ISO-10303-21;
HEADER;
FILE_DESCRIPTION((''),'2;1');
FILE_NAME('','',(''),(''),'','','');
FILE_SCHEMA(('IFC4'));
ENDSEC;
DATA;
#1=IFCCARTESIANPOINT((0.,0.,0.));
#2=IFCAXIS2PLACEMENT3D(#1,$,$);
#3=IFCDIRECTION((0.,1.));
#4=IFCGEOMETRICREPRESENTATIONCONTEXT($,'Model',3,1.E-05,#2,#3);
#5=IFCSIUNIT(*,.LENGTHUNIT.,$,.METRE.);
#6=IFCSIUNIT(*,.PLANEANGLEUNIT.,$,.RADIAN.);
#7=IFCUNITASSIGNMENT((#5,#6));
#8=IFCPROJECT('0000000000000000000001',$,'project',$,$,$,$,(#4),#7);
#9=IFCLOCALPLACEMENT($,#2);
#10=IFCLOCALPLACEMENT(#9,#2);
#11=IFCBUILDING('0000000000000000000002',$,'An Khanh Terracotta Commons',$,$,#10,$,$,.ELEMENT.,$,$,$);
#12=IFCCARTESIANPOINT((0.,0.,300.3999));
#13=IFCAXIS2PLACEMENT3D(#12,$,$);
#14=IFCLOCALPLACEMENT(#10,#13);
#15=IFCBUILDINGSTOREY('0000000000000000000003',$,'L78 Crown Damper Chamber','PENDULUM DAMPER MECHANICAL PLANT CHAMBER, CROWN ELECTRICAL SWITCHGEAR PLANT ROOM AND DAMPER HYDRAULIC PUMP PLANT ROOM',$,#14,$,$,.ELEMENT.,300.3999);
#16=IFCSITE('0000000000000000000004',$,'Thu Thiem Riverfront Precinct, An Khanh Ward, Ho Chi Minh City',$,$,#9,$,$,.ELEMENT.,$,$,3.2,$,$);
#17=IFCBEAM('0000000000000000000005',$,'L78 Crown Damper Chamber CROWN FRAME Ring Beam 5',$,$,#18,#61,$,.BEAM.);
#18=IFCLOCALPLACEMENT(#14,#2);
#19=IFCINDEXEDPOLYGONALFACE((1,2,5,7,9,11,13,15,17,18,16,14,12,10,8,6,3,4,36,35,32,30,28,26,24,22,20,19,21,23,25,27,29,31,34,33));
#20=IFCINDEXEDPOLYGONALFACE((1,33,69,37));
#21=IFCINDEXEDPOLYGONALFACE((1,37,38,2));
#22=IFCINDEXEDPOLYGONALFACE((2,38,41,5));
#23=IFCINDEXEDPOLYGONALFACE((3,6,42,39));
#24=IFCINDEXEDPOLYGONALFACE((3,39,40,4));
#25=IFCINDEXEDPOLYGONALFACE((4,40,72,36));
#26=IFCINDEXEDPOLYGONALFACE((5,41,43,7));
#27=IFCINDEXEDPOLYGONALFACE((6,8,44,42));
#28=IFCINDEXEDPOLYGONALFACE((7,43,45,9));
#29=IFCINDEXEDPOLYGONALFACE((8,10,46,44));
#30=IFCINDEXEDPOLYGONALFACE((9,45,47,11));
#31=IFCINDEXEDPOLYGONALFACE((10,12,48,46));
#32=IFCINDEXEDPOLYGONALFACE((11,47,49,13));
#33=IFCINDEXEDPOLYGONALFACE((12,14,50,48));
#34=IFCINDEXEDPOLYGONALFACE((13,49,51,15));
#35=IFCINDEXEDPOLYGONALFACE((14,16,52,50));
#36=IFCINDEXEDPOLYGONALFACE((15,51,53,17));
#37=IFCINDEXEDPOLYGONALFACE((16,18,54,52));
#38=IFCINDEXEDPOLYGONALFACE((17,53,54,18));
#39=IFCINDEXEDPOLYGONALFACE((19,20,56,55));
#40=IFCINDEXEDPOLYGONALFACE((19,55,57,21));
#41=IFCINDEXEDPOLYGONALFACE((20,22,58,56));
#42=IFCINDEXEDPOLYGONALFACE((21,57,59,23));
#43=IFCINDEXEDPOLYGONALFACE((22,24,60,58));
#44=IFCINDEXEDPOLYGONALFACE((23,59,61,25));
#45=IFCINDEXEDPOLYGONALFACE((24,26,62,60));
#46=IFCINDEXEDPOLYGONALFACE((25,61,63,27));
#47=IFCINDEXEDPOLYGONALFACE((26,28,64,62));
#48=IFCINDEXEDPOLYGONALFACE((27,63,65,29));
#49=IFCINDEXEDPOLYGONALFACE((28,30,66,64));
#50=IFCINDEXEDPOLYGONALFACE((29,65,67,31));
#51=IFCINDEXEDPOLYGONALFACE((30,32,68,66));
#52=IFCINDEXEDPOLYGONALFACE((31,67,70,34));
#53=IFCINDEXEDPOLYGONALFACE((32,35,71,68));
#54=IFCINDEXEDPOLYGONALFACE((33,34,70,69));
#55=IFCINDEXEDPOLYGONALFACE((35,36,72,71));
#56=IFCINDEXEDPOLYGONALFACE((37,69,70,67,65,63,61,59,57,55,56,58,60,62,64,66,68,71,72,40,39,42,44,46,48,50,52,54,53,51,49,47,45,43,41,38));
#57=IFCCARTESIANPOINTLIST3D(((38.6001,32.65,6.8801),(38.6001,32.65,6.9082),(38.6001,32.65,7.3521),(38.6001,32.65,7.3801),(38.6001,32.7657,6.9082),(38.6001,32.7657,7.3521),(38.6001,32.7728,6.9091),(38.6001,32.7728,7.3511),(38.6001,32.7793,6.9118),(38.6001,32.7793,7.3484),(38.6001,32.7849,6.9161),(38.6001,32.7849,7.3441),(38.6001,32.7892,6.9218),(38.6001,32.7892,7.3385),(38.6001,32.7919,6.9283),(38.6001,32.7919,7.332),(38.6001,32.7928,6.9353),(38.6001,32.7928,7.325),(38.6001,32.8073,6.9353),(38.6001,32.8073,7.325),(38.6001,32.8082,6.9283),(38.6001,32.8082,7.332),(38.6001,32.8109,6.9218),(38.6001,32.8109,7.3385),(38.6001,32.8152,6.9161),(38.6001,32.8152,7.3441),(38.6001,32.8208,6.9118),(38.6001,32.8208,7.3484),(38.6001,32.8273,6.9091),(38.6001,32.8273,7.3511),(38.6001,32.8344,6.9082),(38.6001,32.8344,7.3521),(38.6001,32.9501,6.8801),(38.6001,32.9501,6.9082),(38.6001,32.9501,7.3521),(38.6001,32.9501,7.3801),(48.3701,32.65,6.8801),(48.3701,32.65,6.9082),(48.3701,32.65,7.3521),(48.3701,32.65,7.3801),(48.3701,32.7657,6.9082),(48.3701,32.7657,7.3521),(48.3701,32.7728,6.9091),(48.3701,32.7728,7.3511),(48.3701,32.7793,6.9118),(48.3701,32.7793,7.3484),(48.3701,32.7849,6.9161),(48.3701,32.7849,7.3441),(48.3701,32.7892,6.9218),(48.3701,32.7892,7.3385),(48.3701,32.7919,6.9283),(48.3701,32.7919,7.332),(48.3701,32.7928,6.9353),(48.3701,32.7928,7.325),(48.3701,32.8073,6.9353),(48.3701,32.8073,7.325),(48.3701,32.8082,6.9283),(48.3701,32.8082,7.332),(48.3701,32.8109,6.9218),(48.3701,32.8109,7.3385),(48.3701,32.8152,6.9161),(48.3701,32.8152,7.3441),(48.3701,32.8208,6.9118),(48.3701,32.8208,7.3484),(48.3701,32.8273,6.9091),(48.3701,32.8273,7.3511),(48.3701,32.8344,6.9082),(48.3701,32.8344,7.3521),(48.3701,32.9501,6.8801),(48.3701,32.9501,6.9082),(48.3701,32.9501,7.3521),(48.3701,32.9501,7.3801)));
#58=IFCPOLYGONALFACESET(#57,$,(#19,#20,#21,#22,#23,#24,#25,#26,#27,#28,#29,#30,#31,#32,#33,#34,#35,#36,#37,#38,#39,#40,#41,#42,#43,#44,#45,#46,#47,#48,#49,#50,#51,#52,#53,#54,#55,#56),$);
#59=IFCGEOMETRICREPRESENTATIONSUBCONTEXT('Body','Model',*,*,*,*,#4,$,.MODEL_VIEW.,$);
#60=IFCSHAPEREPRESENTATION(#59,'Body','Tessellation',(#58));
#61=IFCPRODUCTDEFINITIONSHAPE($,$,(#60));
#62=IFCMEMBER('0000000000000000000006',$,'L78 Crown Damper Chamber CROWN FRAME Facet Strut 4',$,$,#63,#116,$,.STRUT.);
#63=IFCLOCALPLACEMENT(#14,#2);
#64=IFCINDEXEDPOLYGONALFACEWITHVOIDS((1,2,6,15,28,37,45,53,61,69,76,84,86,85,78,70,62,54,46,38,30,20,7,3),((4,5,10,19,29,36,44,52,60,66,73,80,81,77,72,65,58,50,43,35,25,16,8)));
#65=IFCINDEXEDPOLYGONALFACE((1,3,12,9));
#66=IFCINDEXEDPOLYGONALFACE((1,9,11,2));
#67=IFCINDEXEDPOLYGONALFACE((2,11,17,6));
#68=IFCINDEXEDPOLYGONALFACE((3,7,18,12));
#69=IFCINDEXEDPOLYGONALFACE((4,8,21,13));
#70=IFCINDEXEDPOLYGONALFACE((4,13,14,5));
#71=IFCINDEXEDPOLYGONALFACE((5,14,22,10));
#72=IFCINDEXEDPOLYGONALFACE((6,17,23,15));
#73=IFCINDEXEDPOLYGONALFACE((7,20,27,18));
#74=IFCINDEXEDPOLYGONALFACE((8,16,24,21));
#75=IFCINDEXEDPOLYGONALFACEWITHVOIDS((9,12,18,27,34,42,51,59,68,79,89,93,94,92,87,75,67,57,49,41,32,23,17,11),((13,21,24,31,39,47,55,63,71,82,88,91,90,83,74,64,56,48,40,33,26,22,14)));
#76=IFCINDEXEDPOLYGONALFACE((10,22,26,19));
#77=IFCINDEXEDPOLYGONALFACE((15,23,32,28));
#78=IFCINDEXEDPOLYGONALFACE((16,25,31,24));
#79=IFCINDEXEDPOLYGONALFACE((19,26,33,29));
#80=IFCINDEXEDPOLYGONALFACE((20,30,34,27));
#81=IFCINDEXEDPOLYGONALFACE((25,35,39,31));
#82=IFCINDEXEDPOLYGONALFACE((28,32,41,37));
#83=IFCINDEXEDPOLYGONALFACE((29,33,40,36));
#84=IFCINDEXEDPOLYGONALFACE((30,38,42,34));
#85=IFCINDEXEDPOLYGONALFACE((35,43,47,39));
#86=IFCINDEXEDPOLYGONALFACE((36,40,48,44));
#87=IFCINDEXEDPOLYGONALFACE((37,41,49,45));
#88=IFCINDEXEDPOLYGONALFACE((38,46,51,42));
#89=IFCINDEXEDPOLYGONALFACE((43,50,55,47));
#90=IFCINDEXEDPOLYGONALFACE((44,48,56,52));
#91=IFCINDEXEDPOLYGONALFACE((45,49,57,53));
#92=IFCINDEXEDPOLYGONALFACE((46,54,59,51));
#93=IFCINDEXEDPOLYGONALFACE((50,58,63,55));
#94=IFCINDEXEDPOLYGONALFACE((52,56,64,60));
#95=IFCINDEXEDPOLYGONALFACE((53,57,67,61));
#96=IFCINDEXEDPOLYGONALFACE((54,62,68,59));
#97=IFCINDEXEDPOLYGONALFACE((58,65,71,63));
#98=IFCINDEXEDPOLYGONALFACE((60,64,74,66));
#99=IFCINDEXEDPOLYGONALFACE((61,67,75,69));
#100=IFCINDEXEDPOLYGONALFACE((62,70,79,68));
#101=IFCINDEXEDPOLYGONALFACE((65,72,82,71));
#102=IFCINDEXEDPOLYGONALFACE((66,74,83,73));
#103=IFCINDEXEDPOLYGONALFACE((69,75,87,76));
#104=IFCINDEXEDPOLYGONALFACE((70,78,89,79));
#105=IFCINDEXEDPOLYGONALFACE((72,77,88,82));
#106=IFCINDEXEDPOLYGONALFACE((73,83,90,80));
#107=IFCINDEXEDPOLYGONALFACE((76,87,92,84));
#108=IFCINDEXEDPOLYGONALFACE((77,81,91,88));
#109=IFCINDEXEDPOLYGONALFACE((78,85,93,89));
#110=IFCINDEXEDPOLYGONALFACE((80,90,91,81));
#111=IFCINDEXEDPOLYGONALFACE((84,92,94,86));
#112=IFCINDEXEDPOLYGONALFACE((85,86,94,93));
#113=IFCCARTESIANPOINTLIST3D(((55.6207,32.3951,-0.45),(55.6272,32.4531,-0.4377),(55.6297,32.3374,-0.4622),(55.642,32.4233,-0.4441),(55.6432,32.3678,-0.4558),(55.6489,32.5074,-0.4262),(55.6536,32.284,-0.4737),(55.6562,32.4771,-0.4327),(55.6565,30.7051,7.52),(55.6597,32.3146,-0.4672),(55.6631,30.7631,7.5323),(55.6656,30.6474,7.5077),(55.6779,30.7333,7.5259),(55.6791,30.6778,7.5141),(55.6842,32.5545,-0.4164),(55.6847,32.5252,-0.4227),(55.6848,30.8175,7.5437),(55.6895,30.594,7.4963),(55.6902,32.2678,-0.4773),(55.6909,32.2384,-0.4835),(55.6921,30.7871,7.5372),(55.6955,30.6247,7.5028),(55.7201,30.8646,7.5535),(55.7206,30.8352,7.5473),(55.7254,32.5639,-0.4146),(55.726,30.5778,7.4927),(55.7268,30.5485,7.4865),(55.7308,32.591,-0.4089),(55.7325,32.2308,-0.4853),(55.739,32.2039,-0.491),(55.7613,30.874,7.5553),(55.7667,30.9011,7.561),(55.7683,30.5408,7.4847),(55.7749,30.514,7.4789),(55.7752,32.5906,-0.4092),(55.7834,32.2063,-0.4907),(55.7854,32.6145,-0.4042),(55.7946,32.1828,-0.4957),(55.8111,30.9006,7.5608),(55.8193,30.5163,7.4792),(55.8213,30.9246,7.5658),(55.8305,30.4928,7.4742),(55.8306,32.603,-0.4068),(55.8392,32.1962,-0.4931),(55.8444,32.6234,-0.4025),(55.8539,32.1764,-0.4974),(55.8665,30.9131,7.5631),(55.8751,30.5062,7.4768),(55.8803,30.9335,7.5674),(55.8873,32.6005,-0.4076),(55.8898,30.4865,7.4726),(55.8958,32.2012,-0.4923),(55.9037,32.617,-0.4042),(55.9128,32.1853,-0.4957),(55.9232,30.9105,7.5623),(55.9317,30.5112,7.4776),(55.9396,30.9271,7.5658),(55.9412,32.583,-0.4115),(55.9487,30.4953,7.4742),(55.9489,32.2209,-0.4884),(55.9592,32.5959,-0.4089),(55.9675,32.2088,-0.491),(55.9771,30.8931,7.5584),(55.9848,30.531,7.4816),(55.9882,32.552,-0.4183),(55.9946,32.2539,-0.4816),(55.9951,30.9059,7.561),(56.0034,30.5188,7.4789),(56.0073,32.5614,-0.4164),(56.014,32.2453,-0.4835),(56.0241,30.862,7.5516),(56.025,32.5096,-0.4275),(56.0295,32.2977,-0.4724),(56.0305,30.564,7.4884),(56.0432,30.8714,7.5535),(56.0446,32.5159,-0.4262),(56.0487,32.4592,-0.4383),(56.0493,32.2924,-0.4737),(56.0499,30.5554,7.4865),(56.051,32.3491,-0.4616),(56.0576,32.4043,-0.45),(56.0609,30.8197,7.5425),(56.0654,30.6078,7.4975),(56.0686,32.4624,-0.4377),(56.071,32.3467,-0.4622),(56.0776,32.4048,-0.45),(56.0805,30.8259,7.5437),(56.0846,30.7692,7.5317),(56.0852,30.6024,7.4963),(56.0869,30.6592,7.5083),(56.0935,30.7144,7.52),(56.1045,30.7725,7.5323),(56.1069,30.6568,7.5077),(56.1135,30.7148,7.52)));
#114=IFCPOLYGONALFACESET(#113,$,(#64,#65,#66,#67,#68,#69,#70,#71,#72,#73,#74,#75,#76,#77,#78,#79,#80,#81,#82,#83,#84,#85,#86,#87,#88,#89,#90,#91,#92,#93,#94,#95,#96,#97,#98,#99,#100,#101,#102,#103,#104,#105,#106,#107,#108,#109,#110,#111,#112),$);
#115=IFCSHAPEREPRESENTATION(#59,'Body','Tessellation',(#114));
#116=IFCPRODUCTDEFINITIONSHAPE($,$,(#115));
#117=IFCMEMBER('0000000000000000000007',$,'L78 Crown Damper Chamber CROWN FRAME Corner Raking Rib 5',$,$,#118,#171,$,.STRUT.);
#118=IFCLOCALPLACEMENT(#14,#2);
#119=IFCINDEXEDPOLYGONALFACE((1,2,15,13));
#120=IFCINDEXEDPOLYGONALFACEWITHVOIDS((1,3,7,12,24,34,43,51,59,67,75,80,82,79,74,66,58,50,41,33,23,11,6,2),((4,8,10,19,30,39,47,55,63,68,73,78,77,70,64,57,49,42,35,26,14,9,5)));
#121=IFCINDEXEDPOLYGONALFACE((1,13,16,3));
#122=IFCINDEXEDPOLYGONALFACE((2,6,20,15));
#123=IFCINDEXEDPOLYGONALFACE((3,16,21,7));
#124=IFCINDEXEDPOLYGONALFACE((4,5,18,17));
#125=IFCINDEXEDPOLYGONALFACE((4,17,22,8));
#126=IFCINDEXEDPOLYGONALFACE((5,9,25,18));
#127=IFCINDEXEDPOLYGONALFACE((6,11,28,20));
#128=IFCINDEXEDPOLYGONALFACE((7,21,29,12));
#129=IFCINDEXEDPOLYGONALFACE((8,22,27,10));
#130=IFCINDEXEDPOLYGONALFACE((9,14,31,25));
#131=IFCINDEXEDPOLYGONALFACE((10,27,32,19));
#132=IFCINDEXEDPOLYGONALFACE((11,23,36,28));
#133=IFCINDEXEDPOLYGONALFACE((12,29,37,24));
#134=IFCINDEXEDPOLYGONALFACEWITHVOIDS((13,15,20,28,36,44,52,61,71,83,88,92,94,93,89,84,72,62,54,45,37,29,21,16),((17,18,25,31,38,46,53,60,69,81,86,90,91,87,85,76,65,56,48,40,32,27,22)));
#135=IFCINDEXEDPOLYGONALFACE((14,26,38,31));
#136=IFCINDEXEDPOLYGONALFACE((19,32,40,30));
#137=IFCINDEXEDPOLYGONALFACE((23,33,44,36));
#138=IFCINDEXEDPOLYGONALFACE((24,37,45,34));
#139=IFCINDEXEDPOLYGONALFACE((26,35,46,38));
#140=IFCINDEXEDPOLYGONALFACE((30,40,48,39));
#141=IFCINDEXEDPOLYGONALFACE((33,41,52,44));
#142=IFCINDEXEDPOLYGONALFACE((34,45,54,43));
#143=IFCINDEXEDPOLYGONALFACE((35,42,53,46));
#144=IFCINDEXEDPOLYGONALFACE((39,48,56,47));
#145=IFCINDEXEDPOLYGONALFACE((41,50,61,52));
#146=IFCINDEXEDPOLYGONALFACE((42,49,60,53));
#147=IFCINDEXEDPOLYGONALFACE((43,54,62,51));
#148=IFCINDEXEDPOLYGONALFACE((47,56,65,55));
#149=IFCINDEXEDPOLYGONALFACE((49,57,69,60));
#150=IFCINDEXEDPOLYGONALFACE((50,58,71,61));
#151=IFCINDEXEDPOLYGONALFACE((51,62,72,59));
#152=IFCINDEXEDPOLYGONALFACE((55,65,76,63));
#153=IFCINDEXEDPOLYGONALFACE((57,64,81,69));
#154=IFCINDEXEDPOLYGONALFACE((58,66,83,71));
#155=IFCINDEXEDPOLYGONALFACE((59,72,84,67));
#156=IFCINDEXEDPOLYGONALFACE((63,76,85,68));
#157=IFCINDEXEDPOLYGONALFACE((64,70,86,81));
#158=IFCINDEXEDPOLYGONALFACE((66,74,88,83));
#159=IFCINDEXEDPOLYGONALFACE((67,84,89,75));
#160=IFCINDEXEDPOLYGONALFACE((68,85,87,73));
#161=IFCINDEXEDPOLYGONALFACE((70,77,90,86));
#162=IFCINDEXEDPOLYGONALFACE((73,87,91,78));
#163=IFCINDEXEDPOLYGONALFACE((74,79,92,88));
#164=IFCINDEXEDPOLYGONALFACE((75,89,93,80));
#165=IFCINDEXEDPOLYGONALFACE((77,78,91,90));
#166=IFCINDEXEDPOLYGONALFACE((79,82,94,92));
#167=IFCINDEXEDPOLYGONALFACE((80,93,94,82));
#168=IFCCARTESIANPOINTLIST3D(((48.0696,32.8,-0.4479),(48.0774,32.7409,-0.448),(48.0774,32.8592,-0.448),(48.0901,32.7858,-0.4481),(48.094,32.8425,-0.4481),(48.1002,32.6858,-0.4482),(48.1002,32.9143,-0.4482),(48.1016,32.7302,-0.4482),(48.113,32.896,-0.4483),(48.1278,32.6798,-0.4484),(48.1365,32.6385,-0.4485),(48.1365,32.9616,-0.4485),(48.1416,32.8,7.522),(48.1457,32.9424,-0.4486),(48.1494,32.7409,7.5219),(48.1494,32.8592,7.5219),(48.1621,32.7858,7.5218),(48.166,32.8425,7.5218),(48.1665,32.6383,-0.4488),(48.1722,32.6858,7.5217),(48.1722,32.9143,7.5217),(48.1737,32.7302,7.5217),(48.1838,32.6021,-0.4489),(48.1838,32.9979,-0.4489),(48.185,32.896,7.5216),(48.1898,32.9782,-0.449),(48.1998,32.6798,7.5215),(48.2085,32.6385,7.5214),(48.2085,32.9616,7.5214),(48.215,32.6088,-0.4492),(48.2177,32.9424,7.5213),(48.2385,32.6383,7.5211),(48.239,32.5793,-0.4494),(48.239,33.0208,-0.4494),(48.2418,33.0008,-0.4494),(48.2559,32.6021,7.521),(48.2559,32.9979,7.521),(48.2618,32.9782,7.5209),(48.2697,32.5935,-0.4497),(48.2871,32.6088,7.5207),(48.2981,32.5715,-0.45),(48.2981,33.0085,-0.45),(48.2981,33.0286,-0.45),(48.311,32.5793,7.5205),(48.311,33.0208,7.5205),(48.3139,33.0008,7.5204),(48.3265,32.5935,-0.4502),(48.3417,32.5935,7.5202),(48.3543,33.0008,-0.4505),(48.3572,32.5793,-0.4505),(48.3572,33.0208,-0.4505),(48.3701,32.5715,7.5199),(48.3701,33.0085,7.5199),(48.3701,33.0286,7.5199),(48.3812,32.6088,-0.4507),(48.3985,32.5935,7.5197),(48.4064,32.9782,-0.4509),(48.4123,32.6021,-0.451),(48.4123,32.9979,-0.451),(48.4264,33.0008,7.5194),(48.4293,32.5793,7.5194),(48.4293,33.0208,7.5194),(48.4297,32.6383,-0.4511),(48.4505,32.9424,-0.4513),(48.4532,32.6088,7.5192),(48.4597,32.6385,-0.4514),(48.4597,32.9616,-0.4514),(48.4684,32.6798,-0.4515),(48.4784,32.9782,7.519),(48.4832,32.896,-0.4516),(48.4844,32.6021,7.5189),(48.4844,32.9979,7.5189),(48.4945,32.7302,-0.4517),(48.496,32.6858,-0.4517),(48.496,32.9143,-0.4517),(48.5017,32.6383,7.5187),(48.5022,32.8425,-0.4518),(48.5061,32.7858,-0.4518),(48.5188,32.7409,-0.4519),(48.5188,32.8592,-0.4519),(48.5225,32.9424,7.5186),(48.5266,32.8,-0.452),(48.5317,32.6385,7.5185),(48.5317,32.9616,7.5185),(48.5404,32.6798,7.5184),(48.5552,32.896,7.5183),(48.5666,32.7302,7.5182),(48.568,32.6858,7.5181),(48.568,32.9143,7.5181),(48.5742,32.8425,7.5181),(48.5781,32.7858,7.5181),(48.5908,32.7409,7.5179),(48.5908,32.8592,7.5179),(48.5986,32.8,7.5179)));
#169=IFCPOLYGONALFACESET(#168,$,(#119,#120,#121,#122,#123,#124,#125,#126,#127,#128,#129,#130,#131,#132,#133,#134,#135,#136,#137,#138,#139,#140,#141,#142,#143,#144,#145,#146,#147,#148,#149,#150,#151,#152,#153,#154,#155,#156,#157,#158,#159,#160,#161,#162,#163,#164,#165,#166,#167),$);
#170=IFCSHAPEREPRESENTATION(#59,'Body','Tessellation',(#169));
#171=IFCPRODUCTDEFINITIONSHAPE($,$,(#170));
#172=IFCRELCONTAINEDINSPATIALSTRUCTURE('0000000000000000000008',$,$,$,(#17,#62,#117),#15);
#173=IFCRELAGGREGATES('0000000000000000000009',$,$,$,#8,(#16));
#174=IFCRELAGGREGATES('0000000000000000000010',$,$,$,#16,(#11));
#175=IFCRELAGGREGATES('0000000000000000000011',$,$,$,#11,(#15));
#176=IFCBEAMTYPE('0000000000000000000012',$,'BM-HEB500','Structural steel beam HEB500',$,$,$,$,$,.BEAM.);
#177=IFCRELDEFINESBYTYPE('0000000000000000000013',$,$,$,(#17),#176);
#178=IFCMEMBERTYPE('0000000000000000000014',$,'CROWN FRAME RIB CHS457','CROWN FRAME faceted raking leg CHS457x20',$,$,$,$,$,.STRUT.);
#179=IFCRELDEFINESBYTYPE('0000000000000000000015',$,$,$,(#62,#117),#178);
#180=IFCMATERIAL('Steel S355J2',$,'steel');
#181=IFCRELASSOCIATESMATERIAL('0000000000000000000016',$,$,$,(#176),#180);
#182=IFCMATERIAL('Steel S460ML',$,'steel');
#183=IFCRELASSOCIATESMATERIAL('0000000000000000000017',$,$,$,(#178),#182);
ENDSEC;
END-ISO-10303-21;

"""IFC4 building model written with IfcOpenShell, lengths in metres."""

from ifc_helpers import new_model, si_unit, direction, frame, origin, origin_2d, place, context, subcontext, project, spatial, hollow_circle, i_section, extrude, material, material_profile, profile_set, type_object, element, save


model = new_model("IFC4")

# Units and contexts
model_context = context("Model", 3, precision=1e-05, world=origin(), true_north=direction((0.0, 1.0)))
body_context = subcontext(model_context, "Body", "Model", "MODEL_VIEW")
ifc_project = project(units=[si_unit("LENGTHUNIT", "METRE"), si_unit("PLANEANGLEUNIT", "RADIAN")], contexts=[model_context])

# Site, building, storey
site_placement = place(None, origin())
site = spatial("IfcSite", under=ifc_project, at=site_placement, Name="Thu Thiem Riverfront Precinct, An Khanh Ward, Ho Chi Minh City", CompositionType="ELEMENT", RefElevation=3.2)
building_placement = place(site_placement, origin())
building = spatial("IfcBuilding", under=site, at=building_placement, Name="An Khanh Terracotta Commons", CompositionType="ELEMENT")
storey_placement = place(building_placement, frame((0.0, 0.0, 300.3999)))
storey = spatial("IfcBuildingStorey", under=building, at=storey_placement, Name="L78 Crown Damper Chamber", Description="PENDULUM DAMPER MECHANICAL PLANT CHAMBER, CROWN ELECTRICAL SWITCHGEAR PLANT ROOM AND DAMPER HYDRAULIC PUMP PLANT ROOM", CompositionType="ELEMENT", Elevation=300.3999)

# Beam
ifc_material_1 = material(Name="Steel S355J2", Category="steel")
ifc_material_profile_1 = material_profile(ifc_material_1, i_section(OverallWidth=0.3, OverallDepth=0.5, WebThickness=0.0144, FlangeThickness=0.0281, FilletRadius=0.0271, at=origin_2d()), Name="HEB500")
ifc_profile_set_1 = profile_set([ifc_material_profile_1], Name="Steel S355J2")
beam_type = type_object("IfcBeamType", Name="BM-HEB500", Description="Structural steel beam HEB500", PredefinedType="BEAM", material=ifc_profile_set_1)
beam_placement = place(storey_placement, frame((48.3701, 32.8, 7.1301), z_axis=(-1.0, 0.0, 0.0), x_axis=(0.0, -1.0, 0.0)))
element("IfcBeam", 1, at=beam_placement, inside=storey, type_object=beam_type, Name="L78 Crown Damper Chamber CROWN FRAME Ring Beam 5", PredefinedType="BEAM", context=body_context, shape_type="SweptSolid", body=[
    extrude(i_section(OverallWidth=0.3, OverallDepth=0.5, WebThickness=0.0144, FlangeThickness=0.0281, FilletRadius=0.0271, at=origin_2d()), origin(), (0.0, 0.0, 1.0), 9.77),
])

# Members
ifc_material_2 = material(Name="Steel S460ML", Category="steel")
ifc_material_profile_2 = material_profile(ifc_material_2, hollow_circle(Radius=0.2285, WallThickness=0.02, at=origin_2d()), Name="CHS457x20")
ifc_profile_set_2 = profile_set([ifc_material_profile_2], Name="Steel S460ML")
member_type_1 = type_object("IfcMemberType", Name="CROWN FRAME RIB CHS457", Description="CROWN FRAME faceted raking leg CHS457x20", PredefinedType="STRUT", material=ifc_profile_set_2)
member_1_placement = place(storey_placement, frame((55.8491, 32.3999, -0.45), z_axis=(0.004405, -0.207425, 0.978241), x_axis=(0.999775, 0.021232, 0.0)))
element("IfcMember", 2, at=member_1_placement, inside=storey, type_object=member_type_1, Name="L78 Crown Damper Chamber CROWN FRAME Facet Strut 4", PredefinedType="STRUT", context=body_context, shape_type="SweptSolid", body=[
    extrude(hollow_circle(Radius=0.2285, WallThickness=0.02, at=origin_2d()), origin(), (0.0, 0.0, 1.0), 8.1472),
])
member_2_placement = place(storey_placement, frame((48.2981, 32.8, -0.45), z_axis=(0.009036, 0.0, 0.999959), x_axis=(0.0, 1.0, 0.0)))
element("IfcMember", 3, at=member_2_placement, inside=storey, type_object=member_type_1, Name="L78 Crown Damper Chamber CROWN FRAME Corner Raking Rib 5", PredefinedType="STRUT", context=body_context, shape_type="SweptSolid", body=[
    extrude(hollow_circle(Radius=0.2285, WallThickness=0.02, at=origin_2d()), origin(), (0.0, 0.0, 1.0), 7.9702),
])

save(model, "model.ifc")
